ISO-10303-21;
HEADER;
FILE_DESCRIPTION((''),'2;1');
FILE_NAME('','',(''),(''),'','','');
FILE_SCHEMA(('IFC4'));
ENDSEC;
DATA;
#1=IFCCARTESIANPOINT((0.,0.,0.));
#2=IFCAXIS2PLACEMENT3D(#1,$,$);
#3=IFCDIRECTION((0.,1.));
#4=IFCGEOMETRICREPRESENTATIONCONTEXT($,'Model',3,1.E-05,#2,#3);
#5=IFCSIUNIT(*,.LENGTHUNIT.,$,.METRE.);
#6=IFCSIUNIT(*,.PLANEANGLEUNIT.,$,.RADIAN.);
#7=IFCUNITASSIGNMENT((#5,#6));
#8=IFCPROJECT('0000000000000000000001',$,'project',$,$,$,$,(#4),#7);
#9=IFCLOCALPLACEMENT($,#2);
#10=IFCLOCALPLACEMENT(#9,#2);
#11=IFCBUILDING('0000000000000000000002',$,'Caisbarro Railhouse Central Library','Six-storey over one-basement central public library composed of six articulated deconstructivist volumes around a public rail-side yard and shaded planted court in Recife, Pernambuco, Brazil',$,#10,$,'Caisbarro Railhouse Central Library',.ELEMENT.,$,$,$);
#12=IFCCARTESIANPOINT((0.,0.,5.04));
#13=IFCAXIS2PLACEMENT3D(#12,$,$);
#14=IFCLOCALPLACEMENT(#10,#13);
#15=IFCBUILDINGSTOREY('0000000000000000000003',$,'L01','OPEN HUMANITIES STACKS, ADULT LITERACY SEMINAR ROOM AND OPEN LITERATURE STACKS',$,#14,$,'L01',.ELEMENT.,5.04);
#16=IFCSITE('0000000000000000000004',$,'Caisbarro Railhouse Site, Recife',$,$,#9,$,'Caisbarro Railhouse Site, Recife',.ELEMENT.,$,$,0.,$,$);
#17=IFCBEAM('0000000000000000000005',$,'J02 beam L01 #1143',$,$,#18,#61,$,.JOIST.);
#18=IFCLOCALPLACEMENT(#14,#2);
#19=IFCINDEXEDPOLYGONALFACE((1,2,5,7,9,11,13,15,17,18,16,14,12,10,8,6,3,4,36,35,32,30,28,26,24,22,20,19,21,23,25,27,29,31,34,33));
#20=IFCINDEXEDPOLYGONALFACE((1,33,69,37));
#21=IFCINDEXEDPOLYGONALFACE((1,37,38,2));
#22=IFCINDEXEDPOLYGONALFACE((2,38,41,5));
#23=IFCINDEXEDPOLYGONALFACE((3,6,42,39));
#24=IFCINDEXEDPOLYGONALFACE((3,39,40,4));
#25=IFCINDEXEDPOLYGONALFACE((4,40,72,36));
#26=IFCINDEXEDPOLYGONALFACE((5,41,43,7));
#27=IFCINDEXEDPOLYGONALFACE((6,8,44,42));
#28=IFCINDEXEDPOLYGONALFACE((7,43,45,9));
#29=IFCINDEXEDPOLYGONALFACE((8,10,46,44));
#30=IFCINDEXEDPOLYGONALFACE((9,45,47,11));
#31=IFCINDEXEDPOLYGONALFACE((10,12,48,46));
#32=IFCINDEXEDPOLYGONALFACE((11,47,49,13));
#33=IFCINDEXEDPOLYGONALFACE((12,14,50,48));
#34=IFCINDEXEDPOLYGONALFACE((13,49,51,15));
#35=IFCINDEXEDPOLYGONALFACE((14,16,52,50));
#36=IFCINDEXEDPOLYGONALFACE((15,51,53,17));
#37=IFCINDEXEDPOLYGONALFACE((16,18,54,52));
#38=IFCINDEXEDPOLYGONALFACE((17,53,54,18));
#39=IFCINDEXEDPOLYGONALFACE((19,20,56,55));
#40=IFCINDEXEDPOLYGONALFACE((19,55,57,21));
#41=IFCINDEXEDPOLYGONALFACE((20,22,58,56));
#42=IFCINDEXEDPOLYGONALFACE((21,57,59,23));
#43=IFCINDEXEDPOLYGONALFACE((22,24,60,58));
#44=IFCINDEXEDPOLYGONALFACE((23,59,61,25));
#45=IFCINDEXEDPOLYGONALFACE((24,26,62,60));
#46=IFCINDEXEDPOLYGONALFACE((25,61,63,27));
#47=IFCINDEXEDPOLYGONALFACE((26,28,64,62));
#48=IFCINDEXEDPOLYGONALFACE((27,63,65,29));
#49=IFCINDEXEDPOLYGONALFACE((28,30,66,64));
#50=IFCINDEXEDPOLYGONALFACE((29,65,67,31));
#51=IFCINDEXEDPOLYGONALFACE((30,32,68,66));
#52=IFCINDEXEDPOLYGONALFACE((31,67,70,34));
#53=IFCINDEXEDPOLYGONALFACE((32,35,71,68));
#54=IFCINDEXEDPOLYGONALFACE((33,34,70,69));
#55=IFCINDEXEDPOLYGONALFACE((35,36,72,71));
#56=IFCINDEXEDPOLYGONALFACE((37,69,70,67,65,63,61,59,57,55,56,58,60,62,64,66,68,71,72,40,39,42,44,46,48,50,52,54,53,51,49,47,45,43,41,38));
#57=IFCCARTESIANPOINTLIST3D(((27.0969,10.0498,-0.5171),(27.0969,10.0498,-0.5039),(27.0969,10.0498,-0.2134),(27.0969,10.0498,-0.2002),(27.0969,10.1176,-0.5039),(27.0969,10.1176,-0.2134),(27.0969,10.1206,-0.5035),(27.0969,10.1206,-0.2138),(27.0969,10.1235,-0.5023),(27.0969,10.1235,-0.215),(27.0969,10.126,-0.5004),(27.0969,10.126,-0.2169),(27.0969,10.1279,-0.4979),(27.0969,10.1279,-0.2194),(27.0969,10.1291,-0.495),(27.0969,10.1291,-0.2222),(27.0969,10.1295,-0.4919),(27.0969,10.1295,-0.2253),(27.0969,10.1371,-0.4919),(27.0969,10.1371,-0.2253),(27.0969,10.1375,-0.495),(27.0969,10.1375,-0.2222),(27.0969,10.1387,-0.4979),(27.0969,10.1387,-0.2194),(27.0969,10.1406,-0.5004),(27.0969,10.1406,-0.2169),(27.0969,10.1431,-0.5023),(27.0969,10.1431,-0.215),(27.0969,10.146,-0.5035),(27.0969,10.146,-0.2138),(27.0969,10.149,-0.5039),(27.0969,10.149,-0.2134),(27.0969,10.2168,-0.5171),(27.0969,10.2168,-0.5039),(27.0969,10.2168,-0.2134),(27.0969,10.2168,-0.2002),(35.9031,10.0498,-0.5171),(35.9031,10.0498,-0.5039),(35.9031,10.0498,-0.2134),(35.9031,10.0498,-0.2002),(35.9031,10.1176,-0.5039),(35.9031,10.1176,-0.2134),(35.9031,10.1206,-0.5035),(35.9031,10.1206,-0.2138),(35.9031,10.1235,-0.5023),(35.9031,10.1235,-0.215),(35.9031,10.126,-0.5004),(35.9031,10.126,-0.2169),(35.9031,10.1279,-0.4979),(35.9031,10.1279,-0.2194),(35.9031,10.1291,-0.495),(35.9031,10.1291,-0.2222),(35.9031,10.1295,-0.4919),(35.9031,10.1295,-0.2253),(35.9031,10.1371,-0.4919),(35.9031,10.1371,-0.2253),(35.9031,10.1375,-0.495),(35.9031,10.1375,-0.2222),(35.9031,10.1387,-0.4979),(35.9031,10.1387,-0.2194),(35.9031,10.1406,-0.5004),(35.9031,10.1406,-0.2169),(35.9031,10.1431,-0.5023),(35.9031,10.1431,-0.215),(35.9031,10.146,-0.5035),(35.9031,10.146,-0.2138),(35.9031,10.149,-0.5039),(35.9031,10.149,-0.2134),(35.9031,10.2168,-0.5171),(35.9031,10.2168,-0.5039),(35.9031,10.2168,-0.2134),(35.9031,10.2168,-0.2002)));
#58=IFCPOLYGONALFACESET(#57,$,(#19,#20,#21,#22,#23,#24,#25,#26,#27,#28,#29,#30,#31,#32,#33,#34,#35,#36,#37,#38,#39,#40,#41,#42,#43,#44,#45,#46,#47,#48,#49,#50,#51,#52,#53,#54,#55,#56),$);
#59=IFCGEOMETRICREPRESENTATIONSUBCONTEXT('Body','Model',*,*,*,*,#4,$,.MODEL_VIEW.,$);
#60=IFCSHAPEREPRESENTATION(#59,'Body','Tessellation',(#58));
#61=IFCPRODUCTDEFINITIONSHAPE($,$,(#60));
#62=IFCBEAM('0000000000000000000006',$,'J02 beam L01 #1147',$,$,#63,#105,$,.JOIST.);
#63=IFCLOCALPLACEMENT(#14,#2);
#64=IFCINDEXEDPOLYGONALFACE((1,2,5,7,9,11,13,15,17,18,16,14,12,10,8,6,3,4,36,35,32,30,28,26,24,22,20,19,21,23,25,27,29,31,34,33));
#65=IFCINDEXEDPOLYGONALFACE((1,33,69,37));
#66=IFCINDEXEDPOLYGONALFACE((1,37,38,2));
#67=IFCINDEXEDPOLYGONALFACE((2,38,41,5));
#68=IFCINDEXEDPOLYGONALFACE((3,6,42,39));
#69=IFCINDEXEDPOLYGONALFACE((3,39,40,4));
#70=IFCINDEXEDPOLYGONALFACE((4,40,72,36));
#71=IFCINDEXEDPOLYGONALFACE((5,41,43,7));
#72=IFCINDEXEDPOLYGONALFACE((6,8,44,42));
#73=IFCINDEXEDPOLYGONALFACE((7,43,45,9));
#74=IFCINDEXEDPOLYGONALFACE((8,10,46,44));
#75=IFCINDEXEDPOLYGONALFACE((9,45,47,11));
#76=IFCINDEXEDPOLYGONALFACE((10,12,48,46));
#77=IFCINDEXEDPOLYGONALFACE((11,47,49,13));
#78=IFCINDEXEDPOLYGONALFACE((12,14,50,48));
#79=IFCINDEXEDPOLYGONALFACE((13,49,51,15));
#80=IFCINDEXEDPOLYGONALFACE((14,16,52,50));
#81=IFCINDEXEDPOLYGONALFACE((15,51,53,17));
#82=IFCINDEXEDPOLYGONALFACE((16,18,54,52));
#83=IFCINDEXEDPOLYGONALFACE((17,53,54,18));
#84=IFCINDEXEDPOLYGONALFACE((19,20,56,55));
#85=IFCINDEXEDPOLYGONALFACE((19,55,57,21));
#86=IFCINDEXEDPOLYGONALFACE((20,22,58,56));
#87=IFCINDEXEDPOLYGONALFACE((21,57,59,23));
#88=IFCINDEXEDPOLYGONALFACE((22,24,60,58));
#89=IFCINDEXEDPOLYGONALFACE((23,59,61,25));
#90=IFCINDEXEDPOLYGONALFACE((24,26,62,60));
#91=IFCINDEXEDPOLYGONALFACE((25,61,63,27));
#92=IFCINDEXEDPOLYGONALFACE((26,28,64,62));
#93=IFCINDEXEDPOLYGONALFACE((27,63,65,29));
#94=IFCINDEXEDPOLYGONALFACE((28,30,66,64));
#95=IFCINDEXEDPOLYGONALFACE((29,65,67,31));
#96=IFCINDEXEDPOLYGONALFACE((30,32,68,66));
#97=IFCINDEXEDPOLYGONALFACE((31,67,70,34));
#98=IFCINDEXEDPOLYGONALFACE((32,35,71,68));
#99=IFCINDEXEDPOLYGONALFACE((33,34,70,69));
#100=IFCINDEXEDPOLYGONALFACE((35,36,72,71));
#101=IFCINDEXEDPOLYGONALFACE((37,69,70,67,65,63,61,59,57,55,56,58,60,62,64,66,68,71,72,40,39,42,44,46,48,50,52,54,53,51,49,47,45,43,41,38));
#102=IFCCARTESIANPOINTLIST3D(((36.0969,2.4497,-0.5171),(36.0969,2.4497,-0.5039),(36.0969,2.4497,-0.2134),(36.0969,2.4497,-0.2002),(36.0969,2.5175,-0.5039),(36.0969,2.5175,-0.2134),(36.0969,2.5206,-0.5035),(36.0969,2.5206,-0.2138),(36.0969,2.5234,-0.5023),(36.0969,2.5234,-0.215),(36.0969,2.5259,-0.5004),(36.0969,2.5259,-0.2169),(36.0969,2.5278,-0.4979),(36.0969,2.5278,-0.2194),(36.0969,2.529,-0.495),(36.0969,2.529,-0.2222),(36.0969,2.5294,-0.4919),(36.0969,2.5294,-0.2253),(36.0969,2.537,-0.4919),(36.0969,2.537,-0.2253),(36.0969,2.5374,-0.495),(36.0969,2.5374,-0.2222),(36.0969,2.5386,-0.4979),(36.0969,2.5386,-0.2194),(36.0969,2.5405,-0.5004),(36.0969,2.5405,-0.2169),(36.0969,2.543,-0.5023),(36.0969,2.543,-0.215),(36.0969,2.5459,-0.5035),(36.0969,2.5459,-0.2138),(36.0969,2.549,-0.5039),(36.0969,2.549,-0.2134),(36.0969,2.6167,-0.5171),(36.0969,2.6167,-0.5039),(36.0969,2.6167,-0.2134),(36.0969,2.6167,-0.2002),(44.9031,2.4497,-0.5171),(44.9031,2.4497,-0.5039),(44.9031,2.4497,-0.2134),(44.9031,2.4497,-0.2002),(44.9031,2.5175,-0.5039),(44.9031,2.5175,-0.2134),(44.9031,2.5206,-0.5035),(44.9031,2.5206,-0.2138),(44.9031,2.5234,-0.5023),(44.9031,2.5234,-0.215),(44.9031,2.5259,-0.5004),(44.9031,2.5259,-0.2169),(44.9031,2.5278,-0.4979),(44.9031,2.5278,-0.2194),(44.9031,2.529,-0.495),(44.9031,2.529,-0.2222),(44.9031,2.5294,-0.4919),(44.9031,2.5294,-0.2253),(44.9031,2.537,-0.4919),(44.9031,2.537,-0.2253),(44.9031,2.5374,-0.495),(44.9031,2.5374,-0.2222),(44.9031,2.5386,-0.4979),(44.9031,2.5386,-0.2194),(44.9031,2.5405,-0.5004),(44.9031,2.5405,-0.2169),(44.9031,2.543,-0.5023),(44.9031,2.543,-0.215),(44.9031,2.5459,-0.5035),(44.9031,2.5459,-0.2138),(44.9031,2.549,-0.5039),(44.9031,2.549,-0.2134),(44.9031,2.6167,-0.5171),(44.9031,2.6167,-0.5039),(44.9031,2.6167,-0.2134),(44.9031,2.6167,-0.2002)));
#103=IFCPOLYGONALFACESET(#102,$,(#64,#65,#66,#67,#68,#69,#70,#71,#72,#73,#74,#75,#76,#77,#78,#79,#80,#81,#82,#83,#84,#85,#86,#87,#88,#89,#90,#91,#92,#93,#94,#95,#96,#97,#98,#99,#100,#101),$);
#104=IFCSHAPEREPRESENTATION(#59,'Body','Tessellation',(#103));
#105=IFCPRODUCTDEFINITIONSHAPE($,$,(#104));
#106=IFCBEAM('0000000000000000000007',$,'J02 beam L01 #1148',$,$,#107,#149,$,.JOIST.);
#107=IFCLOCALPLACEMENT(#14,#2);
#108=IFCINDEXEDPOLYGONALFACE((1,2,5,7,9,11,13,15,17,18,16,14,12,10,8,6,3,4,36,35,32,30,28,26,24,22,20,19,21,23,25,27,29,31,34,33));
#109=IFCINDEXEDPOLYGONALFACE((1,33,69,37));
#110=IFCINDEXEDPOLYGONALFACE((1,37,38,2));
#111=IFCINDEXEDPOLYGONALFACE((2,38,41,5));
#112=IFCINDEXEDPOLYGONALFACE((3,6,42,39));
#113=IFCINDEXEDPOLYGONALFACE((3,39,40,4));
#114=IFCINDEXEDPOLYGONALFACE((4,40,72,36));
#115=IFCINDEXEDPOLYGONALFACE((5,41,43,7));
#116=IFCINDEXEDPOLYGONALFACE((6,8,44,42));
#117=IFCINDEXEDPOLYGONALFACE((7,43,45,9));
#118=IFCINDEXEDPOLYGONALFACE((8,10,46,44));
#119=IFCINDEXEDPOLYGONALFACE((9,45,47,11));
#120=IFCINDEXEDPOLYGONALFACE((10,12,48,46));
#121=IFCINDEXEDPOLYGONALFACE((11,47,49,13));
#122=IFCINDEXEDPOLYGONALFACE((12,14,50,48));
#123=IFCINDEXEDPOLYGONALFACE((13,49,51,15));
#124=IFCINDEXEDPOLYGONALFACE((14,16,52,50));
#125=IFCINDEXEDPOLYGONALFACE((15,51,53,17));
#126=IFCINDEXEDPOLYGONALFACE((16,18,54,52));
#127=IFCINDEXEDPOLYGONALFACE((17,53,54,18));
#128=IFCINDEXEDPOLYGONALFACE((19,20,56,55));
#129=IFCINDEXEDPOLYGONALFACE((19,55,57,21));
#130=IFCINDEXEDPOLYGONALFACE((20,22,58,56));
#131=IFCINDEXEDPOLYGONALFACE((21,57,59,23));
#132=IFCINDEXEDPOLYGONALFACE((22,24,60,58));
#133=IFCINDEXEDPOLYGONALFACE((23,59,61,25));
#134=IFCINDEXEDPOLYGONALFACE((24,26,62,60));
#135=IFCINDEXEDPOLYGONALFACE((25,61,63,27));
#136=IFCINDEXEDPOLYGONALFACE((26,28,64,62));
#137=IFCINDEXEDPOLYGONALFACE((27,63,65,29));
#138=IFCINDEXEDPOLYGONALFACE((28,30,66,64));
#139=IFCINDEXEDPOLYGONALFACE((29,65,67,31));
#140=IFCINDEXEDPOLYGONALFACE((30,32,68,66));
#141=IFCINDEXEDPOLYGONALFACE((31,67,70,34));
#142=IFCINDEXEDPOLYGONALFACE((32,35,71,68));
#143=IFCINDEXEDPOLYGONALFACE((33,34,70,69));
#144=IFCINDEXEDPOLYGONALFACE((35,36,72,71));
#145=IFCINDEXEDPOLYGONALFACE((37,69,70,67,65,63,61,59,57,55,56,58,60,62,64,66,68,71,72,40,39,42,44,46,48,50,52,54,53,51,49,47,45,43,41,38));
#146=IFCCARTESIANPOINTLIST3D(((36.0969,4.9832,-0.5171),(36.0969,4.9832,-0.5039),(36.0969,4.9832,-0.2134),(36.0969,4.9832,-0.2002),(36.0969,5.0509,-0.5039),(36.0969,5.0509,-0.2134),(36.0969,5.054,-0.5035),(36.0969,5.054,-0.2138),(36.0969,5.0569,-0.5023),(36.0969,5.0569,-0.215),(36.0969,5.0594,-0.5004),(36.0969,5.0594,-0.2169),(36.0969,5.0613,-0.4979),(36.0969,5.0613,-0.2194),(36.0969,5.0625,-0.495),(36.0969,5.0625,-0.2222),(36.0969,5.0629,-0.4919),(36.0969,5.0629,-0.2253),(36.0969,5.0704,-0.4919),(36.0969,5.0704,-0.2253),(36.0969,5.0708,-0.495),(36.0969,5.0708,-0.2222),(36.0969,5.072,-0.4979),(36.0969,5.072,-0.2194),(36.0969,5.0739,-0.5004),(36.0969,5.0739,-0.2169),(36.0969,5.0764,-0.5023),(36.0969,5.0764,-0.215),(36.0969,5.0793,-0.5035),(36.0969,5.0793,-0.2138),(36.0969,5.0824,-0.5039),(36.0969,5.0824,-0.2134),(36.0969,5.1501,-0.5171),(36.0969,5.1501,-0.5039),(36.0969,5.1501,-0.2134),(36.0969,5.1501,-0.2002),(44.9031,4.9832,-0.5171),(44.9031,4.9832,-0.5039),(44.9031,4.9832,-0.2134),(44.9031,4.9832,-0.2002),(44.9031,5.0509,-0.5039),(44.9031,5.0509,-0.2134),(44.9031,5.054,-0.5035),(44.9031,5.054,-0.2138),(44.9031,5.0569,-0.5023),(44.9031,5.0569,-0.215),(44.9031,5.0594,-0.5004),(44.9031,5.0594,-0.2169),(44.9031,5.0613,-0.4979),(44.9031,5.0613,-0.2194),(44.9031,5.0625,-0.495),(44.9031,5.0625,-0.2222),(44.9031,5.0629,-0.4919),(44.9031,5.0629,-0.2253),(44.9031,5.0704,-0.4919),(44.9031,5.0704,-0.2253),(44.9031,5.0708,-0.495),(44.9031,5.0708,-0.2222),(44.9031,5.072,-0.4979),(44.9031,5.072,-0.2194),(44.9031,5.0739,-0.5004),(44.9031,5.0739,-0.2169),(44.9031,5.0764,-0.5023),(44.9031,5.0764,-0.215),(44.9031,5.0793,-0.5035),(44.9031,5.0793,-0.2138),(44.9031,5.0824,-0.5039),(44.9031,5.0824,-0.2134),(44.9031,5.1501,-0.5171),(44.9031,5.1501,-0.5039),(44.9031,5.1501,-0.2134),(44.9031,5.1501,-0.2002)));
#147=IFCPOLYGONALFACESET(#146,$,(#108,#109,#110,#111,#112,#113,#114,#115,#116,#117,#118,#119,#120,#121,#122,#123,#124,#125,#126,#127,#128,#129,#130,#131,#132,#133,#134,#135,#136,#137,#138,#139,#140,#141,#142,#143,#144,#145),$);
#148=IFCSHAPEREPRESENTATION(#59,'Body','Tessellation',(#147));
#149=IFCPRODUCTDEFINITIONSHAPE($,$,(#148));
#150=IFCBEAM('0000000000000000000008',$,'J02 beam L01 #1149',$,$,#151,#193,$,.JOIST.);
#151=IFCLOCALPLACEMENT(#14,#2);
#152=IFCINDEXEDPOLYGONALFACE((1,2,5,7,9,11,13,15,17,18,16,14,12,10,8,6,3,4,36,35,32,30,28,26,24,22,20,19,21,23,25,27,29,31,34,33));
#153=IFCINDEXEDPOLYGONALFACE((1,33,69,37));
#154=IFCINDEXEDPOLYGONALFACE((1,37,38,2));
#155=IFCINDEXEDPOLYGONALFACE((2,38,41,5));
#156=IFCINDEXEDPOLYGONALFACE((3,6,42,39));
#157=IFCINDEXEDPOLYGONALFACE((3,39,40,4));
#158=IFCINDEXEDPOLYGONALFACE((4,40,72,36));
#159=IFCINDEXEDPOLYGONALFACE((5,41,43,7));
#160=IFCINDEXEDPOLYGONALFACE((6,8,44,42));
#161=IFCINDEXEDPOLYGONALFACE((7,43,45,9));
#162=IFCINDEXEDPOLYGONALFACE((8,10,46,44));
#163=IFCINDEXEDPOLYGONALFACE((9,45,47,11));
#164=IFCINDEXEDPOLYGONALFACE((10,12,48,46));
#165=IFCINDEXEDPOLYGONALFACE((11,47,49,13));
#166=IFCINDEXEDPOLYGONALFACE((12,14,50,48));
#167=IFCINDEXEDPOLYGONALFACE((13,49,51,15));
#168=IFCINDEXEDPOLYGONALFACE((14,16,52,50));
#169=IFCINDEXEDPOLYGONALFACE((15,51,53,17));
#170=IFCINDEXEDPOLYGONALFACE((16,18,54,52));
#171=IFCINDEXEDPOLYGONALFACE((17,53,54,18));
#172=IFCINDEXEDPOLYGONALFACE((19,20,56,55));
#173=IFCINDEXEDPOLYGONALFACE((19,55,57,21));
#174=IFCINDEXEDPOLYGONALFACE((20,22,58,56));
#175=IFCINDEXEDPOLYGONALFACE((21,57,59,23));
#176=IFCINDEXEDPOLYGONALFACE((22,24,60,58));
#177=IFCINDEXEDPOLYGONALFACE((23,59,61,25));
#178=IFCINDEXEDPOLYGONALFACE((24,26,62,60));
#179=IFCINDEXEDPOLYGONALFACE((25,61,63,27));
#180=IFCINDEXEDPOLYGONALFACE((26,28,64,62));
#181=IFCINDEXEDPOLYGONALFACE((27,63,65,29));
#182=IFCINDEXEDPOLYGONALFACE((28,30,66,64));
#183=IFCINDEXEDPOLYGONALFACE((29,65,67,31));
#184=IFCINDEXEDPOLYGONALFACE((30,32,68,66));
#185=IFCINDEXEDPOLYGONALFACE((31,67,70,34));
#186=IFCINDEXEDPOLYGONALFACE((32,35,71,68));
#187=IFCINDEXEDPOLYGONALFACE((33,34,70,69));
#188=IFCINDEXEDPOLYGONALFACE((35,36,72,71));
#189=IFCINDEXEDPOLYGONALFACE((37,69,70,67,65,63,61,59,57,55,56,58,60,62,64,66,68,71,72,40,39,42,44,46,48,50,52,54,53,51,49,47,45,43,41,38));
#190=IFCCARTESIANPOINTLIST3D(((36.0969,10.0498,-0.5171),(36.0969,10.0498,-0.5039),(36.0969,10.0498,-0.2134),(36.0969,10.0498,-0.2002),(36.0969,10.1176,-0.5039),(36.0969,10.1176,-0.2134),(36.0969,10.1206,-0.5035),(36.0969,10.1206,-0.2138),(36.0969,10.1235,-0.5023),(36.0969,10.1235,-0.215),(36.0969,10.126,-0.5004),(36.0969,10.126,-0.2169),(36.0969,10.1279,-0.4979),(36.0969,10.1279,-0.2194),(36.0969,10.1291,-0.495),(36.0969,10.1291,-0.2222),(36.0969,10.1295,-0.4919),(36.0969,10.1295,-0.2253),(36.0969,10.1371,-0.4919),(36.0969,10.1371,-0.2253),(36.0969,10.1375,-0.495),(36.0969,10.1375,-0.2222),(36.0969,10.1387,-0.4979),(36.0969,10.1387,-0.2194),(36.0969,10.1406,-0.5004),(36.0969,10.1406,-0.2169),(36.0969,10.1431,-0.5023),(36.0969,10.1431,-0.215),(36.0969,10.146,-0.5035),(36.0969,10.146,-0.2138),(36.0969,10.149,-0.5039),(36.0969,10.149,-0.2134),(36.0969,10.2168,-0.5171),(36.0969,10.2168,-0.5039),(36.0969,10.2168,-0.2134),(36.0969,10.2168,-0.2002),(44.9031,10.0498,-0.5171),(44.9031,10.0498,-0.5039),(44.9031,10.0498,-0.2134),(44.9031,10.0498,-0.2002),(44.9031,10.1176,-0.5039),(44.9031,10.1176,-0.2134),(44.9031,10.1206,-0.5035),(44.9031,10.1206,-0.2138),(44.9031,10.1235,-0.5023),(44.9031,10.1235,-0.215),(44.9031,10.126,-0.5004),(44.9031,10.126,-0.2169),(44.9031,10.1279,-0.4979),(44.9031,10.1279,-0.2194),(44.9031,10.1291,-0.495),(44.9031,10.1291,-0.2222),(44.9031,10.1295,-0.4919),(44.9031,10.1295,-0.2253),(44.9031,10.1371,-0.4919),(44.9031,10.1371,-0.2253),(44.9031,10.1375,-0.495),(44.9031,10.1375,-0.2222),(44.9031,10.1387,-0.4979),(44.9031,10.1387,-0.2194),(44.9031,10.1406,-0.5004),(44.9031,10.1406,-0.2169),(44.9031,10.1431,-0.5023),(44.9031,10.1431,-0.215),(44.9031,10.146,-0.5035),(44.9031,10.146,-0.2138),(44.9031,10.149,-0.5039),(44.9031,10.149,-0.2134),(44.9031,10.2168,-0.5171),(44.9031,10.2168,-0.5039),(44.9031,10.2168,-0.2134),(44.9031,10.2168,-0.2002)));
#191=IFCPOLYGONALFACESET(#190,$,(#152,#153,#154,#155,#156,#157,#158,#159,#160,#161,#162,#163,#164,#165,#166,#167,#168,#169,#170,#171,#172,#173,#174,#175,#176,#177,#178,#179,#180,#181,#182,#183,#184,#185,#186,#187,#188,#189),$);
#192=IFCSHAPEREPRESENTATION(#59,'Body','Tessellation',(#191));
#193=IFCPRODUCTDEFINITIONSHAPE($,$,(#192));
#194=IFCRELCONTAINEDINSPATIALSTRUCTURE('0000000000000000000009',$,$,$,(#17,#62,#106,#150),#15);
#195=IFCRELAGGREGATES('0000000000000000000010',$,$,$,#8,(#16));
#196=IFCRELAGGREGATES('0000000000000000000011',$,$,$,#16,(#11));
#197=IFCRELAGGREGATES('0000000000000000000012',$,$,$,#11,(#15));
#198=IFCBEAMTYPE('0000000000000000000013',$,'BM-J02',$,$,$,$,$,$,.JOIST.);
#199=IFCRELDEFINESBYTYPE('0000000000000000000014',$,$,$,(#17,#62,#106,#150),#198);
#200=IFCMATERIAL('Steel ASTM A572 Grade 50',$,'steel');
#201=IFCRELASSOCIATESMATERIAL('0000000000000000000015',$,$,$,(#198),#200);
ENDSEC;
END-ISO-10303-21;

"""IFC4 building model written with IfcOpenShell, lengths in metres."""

from ifc_helpers import new_model, si_unit, direction, frame, origin, origin_2d, place, context, subcontext, project, spatial, i_section, extrude, material, material_profile, profile_set, type_object, element, save


model = new_model("IFC4")

# Units and contexts
model_context = context("Model", 3, precision=1e-05, world=origin(), true_north=direction((0.0, 1.0)))
body_context = subcontext(model_context, "Body", "Model", "MODEL_VIEW")
ifc_project = project(units=[si_unit("LENGTHUNIT", "METRE"), si_unit("PLANEANGLEUNIT", "RADIAN")], contexts=[model_context])

# Site, building, storey
site_placement = place(None, origin())
site = spatial("IfcSite", under=ifc_project, at=site_placement, Name="Caisbarro Railhouse Site, Recife", LongName="Caisbarro Railhouse Site, Recife", CompositionType="ELEMENT", RefElevation=0.0)
building_placement = place(site_placement, origin())
building = spatial("IfcBuilding", under=site, at=building_placement, Name="Caisbarro Railhouse Central Library", Description="Six-storey over one-basement central public library composed of six articulated deconstructivist volumes around a public rail-side yard and shaded planted court in Recife, Pernambuco, Brazil", LongName="Caisbarro Railhouse Central Library", CompositionType="ELEMENT")
storey_placement = place(building_placement, frame((0.0, 0.0, 5.04)))
storey = spatial("IfcBuildingStorey", under=building, at=storey_placement, Name="L01", Description="OPEN HUMANITIES STACKS, ADULT LITERACY SEMINAR ROOM AND OPEN LITERATURE STACKS", LongName="L01", CompositionType="ELEMENT", Elevation=5.04)

# Shared definitions
ifc_material_1 = material(Name="Steel ASTM A572 Grade 50", Category="steel")

# Beams
ifc_material_profile_1 = material_profile(ifc_material_1, i_section(OverallWidth=0.167, OverallDepth=0.3169, WebThickness=0.0076, FlangeThickness=0.0132, FilletRadius=0.012, at=origin_2d()), Name="W310X52.0")
ifc_profile_set_1 = profile_set([ifc_material_profile_1], Name="Steel ASTM A572 Grade 50")
beam_type_1 = type_object("IfcBeamType", Name="BM-J02", PredefinedType="JOIST", material=ifc_profile_set_1)
for number, where, z_axis, x_axis, name in (
    (1, (27.0969, 10.1333, -0.3586), (1.0, 0.0, 0.0), (0.0, 1.0, 0.0), "J02 beam L01 #1143"),
    (2, (36.0969, 2.5332, -0.3586), (1.0, 0.0, 0.0), (0.0, 1.0, 0.0), "J02 beam L01 #1147"),
    (3, (36.0969, 5.0667, -0.3586), (1.0, 0.0, 0.0), (0.0, 1.0, 0.0), "J02 beam L01 #1148"),
    (4, (36.0969, 10.1333, -0.3586), (1.0, 0.0, 0.0), (0.0, 1.0, 0.0), "J02 beam L01 #1149"),
):
    element("IfcBeam", number, at=place(storey_placement, frame(where, z_axis=z_axis, x_axis=x_axis)), inside=storey, type_object=beam_type_1, Name=name, PredefinedType="JOIST", context=body_context, shape_type="SweptSolid", body=[
        extrude(i_section(OverallWidth=0.167, OverallDepth=0.3169, WebThickness=0.0076, FlangeThickness=0.0132, FilletRadius=0.012, at=origin_2d()), origin(), (0.0, 0.0, 1.0), 8.8062),
    ])

save(model, "model.ifc")
